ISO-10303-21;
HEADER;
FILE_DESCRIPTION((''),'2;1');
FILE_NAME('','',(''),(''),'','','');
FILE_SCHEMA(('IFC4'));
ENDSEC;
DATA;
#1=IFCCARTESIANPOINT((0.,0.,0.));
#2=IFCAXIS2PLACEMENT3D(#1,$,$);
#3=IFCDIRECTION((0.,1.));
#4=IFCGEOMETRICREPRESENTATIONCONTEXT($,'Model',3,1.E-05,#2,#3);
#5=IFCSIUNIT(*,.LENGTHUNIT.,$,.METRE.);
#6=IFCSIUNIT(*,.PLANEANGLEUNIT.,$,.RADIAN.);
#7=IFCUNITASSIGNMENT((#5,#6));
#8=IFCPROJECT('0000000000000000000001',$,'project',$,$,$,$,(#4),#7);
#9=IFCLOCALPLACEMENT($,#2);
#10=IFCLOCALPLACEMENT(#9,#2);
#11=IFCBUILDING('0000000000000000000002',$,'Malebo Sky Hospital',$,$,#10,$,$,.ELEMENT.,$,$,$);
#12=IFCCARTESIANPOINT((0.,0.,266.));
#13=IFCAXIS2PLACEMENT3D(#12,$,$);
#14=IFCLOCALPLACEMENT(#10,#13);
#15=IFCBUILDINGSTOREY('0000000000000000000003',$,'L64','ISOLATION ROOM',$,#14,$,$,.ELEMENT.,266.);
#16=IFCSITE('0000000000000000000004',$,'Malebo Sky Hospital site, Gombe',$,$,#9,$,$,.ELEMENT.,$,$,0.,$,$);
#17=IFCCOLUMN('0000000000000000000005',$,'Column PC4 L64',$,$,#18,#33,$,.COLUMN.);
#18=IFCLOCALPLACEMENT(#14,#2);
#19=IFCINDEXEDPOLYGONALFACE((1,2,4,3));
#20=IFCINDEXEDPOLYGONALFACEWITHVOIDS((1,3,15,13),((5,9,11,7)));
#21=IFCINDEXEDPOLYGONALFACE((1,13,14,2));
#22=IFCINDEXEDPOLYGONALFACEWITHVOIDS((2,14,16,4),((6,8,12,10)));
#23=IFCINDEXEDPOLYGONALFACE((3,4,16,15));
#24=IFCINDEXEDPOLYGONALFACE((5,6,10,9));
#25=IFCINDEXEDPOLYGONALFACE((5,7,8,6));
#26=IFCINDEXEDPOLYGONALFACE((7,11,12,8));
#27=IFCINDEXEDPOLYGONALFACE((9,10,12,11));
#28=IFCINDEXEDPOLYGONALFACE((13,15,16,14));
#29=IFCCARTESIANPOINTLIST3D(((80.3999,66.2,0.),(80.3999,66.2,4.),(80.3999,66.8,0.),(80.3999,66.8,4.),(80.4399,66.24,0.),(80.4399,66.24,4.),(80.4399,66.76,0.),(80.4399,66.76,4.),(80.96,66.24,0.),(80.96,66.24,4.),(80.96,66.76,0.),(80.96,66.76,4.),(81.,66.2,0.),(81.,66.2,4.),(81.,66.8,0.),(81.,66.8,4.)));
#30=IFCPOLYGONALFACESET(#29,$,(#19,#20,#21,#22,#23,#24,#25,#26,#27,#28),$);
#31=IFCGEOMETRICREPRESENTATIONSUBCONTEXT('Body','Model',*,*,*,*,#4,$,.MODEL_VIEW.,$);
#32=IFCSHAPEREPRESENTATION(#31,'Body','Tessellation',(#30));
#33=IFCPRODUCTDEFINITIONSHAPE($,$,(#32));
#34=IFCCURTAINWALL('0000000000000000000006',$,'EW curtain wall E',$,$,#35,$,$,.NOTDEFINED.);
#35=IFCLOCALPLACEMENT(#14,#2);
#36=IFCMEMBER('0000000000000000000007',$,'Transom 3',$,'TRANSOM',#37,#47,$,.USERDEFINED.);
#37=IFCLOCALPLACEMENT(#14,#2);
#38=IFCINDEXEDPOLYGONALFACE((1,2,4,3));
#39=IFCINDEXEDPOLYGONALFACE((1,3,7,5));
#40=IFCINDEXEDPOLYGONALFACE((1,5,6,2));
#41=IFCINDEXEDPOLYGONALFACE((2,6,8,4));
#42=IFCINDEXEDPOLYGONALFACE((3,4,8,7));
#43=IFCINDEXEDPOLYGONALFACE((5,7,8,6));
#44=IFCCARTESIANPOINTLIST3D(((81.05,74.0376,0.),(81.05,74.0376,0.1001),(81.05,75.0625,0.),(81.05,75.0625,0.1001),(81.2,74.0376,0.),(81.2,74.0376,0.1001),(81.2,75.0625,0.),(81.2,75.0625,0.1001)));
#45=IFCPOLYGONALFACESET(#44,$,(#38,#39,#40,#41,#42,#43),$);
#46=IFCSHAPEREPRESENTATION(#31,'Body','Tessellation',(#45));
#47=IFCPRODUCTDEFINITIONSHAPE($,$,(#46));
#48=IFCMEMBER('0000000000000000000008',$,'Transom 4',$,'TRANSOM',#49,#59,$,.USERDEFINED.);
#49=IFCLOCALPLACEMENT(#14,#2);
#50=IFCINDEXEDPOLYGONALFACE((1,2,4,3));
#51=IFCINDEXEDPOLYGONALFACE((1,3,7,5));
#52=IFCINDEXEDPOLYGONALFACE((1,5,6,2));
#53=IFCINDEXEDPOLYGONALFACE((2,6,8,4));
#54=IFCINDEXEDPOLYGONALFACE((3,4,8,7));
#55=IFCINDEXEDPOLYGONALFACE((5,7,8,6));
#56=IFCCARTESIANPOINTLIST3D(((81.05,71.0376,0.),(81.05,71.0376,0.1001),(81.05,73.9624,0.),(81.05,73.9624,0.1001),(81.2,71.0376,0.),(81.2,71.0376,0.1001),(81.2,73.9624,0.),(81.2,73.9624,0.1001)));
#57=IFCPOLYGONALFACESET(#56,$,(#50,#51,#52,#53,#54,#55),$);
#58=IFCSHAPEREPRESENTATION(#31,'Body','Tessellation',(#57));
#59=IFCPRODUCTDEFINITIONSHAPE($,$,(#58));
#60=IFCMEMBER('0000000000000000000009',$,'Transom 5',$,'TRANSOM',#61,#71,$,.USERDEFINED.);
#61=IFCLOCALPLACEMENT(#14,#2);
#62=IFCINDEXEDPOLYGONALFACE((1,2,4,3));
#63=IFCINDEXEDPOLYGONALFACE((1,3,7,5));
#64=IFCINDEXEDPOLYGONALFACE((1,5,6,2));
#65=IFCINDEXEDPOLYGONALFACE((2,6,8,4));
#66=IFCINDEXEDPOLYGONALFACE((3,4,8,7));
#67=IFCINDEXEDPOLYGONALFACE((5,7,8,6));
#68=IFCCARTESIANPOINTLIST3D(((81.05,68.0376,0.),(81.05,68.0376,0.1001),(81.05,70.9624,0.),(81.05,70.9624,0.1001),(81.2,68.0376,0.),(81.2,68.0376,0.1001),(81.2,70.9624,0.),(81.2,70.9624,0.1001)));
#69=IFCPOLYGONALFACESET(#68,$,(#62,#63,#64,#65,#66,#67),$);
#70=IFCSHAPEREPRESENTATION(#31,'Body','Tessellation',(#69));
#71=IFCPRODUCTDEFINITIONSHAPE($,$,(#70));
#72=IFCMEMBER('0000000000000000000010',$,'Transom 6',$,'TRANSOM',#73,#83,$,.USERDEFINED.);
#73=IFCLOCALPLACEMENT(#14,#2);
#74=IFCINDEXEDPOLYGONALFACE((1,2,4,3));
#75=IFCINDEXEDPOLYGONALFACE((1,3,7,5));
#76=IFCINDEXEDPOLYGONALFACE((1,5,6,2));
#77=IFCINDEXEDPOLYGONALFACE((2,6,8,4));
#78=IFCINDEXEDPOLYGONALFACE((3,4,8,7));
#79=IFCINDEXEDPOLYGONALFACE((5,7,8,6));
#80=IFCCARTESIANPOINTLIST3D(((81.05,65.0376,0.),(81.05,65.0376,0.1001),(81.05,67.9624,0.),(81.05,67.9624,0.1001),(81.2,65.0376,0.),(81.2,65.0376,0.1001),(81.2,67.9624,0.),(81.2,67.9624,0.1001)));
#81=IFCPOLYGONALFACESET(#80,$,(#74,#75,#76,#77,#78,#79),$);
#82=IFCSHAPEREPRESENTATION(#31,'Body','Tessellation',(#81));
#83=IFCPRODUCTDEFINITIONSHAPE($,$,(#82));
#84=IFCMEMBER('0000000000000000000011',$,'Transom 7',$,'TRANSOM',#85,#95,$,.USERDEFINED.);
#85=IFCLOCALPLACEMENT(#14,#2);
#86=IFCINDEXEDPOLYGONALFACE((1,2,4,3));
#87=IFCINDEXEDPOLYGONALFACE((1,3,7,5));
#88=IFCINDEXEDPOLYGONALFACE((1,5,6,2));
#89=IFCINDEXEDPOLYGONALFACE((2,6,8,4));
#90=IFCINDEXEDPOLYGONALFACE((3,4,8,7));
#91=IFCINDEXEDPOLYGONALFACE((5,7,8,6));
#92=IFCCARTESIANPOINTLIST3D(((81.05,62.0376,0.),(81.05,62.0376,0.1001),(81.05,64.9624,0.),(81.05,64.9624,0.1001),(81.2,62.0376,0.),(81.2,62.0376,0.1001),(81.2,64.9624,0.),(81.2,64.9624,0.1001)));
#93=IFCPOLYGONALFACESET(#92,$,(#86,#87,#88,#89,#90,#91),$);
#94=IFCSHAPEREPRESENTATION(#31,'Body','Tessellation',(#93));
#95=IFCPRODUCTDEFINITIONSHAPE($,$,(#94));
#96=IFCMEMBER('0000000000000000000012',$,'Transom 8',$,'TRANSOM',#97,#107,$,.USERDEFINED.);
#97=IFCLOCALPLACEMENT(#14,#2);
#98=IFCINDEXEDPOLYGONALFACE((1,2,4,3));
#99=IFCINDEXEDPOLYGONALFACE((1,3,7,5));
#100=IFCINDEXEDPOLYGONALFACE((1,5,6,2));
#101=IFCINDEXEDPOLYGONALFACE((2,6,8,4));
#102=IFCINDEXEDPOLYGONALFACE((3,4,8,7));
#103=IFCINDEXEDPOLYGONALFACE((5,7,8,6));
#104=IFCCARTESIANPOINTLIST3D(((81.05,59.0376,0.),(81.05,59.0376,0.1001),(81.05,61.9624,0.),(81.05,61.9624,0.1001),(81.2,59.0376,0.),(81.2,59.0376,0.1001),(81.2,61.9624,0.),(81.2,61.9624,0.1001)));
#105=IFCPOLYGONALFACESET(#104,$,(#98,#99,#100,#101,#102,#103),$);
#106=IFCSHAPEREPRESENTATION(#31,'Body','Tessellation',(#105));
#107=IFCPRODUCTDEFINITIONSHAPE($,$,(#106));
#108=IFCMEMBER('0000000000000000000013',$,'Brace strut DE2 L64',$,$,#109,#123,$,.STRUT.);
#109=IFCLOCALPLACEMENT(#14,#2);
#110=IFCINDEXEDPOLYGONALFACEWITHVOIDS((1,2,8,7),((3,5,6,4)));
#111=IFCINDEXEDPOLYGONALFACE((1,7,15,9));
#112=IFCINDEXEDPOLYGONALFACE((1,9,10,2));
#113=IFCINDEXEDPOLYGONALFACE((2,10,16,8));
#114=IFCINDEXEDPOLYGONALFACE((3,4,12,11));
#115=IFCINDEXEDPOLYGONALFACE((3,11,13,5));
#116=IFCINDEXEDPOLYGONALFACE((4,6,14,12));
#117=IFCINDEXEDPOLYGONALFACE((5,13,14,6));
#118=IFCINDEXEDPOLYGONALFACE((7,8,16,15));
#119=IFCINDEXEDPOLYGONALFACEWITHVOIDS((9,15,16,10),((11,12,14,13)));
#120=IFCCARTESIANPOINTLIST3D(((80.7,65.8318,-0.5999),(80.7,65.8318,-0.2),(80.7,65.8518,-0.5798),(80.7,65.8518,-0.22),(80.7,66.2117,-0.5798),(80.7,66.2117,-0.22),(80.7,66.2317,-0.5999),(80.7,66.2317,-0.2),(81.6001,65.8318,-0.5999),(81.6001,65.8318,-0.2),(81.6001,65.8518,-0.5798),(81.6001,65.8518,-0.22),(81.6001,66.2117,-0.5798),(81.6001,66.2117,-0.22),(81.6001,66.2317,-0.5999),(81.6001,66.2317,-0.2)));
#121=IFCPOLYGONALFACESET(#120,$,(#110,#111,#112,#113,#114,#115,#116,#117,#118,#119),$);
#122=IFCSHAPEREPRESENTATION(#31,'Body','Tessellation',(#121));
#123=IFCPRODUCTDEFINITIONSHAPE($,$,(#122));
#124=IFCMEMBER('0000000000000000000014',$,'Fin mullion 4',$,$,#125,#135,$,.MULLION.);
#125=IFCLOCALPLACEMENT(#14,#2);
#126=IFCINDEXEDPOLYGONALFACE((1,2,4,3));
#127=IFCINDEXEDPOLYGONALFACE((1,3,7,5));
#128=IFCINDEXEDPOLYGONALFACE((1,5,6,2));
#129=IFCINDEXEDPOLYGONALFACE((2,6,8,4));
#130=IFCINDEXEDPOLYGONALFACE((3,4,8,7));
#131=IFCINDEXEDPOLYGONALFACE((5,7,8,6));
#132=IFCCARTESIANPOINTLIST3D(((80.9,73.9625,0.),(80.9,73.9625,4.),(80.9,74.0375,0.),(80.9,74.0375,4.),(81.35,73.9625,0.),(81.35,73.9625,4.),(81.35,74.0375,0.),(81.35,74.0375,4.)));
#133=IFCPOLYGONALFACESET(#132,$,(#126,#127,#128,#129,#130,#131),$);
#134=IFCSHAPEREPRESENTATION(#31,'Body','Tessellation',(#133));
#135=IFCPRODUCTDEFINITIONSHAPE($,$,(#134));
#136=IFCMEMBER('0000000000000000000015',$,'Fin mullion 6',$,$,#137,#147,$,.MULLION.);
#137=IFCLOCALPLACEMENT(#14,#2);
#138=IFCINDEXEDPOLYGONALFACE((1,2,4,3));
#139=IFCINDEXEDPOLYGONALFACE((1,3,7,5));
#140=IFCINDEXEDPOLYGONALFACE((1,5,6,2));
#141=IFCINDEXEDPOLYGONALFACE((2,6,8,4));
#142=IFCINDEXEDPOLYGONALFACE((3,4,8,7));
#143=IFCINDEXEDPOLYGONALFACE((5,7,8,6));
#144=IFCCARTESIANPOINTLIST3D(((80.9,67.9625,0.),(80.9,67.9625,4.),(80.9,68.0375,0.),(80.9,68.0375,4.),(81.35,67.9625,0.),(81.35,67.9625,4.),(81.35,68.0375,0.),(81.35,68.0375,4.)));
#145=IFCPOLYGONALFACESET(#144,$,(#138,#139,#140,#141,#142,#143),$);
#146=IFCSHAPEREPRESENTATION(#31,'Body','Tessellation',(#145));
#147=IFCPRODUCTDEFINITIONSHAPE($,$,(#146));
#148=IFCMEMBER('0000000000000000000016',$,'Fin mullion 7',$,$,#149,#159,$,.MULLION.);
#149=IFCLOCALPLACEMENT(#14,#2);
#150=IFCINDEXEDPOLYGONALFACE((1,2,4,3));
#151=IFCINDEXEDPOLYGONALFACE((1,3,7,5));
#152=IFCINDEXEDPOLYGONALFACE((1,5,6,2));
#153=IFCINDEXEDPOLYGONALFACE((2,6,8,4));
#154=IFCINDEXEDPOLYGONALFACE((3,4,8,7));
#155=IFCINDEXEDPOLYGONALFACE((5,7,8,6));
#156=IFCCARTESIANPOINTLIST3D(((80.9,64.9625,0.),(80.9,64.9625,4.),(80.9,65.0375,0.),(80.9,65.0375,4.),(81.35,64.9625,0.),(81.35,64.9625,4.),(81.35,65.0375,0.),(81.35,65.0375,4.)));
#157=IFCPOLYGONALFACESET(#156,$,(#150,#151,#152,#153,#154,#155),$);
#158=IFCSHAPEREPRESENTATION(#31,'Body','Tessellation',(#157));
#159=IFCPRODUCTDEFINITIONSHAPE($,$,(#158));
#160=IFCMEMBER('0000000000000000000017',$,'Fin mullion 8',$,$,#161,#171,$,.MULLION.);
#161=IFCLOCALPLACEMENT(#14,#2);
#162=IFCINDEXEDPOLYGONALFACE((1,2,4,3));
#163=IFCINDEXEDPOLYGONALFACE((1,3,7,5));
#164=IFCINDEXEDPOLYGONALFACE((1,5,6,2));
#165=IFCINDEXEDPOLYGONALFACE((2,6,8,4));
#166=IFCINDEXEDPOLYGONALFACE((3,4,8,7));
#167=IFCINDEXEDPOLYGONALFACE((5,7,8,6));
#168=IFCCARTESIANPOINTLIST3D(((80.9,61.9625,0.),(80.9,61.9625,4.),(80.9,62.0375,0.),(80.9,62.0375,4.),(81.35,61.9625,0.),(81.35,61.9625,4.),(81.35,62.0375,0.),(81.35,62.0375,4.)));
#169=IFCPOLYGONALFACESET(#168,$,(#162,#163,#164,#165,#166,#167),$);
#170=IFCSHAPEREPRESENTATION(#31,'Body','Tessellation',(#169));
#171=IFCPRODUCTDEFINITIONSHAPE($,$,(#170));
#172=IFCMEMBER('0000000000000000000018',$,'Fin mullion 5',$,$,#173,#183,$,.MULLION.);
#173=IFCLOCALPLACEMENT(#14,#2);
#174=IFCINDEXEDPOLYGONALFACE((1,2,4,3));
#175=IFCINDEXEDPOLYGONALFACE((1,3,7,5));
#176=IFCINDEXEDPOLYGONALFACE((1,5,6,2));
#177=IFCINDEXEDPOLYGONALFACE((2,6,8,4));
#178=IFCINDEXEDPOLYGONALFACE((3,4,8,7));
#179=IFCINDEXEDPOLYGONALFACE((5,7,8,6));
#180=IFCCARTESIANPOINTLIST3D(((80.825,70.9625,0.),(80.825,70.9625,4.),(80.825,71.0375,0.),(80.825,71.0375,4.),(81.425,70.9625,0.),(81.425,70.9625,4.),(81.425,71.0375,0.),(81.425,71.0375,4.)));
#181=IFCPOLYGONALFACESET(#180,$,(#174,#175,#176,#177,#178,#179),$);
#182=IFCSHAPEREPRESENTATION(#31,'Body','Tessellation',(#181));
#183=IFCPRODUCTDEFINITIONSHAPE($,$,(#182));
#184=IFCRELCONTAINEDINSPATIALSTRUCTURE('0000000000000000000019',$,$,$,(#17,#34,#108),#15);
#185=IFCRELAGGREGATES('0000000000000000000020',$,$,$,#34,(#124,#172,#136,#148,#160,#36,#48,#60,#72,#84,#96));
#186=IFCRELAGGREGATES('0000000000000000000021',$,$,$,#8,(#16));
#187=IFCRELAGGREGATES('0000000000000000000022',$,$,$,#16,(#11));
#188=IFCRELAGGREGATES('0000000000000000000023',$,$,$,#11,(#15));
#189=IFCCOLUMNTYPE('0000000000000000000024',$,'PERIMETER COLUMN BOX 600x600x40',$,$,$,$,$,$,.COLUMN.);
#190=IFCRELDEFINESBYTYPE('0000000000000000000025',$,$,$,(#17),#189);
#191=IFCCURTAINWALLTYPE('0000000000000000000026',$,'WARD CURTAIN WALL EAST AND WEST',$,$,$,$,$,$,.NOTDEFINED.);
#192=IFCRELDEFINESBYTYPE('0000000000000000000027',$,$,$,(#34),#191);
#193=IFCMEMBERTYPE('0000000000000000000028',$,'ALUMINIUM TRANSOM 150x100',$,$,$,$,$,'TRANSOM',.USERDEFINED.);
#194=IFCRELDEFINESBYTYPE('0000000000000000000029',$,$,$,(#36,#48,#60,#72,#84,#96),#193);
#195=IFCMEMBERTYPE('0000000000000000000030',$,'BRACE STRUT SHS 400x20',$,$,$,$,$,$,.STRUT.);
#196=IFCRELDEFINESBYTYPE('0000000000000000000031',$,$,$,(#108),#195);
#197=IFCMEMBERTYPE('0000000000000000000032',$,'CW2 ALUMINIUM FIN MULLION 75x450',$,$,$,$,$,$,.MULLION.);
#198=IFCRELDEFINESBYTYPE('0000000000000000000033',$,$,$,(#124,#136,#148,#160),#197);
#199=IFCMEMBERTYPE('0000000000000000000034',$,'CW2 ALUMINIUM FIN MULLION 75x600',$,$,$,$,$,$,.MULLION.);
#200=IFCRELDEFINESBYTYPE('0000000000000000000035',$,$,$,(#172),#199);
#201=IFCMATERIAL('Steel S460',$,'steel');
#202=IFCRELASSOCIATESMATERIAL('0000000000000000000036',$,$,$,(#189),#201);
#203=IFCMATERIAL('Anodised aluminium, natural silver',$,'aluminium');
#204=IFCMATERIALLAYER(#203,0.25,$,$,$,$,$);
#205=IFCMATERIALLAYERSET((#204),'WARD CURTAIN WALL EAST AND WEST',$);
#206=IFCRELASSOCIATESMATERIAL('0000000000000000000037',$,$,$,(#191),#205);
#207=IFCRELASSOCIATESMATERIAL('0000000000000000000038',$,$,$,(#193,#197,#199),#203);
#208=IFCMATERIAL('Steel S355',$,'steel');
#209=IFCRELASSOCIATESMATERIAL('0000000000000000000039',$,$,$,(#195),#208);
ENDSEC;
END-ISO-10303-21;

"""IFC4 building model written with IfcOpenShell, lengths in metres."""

from ifc_helpers import new_model, si_unit, direction, frame, origin, origin_2d, place, context, subcontext, project, spatial, rectangle, hollow_rectangle, extrude, material, layer, layer_set, material_profile, profile_set, type_object, element, aggregate, save


model = new_model("IFC4")

# Units and contexts
model_context = context("Model", 3, precision=1e-05, world=origin(), true_north=direction((0.0, 1.0)))
body_context = subcontext(model_context, "Body", "Model", "MODEL_VIEW")
ifc_project = project(units=[si_unit("LENGTHUNIT", "METRE"), si_unit("PLANEANGLEUNIT", "RADIAN")], contexts=[model_context])

# Site, building, storey
site_placement = place(None, origin())
site = spatial("IfcSite", under=ifc_project, at=site_placement, Name="Malebo Sky Hospital site, Gombe", CompositionType="ELEMENT", RefElevation=0.0)
building_placement = place(site_placement, origin())
building = spatial("IfcBuilding", under=site, at=building_placement, Name="Malebo Sky Hospital", CompositionType="ELEMENT")
storey_placement = place(building_placement, frame((0.0, 0.0, 266.0)))
storey = spatial("IfcBuildingStorey", under=building, at=storey_placement, Name="L64", Description="ISOLATION ROOM", CompositionType="ELEMENT", Elevation=266.0)

# Column
ifc_material_1 = material(Name="Steel S460", Category="steel")
ifc_material_profile_1 = material_profile(ifc_material_1, hollow_rectangle(XDim=0.6001, YDim=0.6001, WallThickness=0.04, at=origin_2d()), Name="BOX 600x600x40")
ifc_profile_set_1 = profile_set([ifc_material_profile_1], Name="Steel S460")
column_type = type_object("IfcColumnType", Name="PERIMETER COLUMN BOX 600x600x40", PredefinedType="COLUMN", material=ifc_profile_set_1)
column_placement = place(storey_placement, frame((80.7, 66.5, 0.0), z_axis=(0.0, 0.0, 1.0), x_axis=(1.0, 0.0, 0.0)))
element("IfcColumn", 1, at=column_placement, inside=storey, type_object=column_type, Name="Column PC4 L64", PredefinedType="COLUMN", context=body_context, shape_type="SweptSolid", body=[
    extrude(hollow_rectangle(XDim=0.6001, YDim=0.6001, WallThickness=0.04, at=origin_2d()), origin(), (0.0, 0.0, 1.0), 4.0),
])

# Curtain wall, members
ifc_material_2 = material(Name="Anodised aluminium, natural silver", Category="aluminium")
ifc_layer_1 = layer(ifc_material_2, 0.25)
ifc_layer_set_1 = layer_set([ifc_layer_1], Name="WARD CURTAIN WALL EAST AND WEST")
curtain_wall_type = type_object("IfcCurtainWallType", Name="WARD CURTAIN WALL EAST AND WEST", PredefinedType="NOTDEFINED", material=ifc_layer_set_1)
curtain_wall_placement = place(storey_placement, origin())
curtain_wall = element("IfcCurtainWall", 2, at=curtain_wall_placement, inside=storey, type_object=curtain_wall_type, Name="EW curtain wall E", PredefinedType="NOTDEFINED")
ifc_material_profile_2 = material_profile(ifc_material_2, rectangle(XDim=0.1499, YDim=0.1001, at=origin_2d()), Name="ALUMINIUM TRANSOM 150x100")
ifc_profile_set_2 = profile_set([ifc_material_profile_2], Name="Anodised aluminium, natural silver")
member_type_1 = type_object("IfcMemberType", Name="ALUMINIUM TRANSOM 150x100", ElementType="TRANSOM", PredefinedType="USERDEFINED", material=ifc_profile_set_2)
member_1_placement = place(storey_placement, frame((81.125, 75.0625, 0.05), z_axis=(0.0, -1.0, 0.0), x_axis=(1.0, 0.0, 0.0)))
member_1 = element("IfcMember", 3, at=member_1_placement, type_object=member_type_1, Name="Transom 3", ObjectType="TRANSOM", PredefinedType="USERDEFINED", context=body_context, shape_type="SweptSolid", body=[
    extrude(rectangle(XDim=0.1499, YDim=0.1001, at=origin_2d()), origin(), (0.0, 0.0, 1.0), 1.0249),
])
member_2_placement = place(storey_placement, frame((81.125, 73.9624, 0.05), z_axis=(0.0, -1.0, 0.0), x_axis=(1.0, 0.0, 0.0)))
member_2 = element("IfcMember", 4, at=member_2_placement, type_object=member_type_1, Name="Transom 4", ObjectType="TRANSOM", PredefinedType="USERDEFINED", context=body_context, shape_type="SweptSolid", body=[
    extrude(rectangle(XDim=0.1499, YDim=0.1001, at=origin_2d()), origin(), (0.0, 0.0, 1.0), 2.9248),
])
member_3_placement = place(storey_placement, frame((81.125, 70.9624, 0.05), z_axis=(0.0, -1.0, 0.0), x_axis=(1.0, 0.0, 0.0)))
member_3 = element("IfcMember", 5, at=member_3_placement, type_object=member_type_1, Name="Transom 5", ObjectType="TRANSOM", PredefinedType="USERDEFINED", context=body_context, shape_type="SweptSolid", body=[
    extrude(rectangle(XDim=0.1499, YDim=0.1001, at=origin_2d()), origin(), (0.0, 0.0, 1.0), 2.9248),
])
member_4_placement = place(storey_placement, frame((81.125, 67.9624, 0.05), z_axis=(0.0, -1.0, 0.0), x_axis=(1.0, 0.0, 0.0)))
member_4 = element("IfcMember", 6, at=member_4_placement, type_object=member_type_1, Name="Transom 6", ObjectType="TRANSOM", PredefinedType="USERDEFINED", context=body_context, shape_type="SweptSolid", body=[
    extrude(rectangle(XDim=0.1499, YDim=0.1001, at=origin_2d()), origin(), (0.0, 0.0, 1.0), 2.9248),
])
member_5_placement = place(storey_placement, frame((81.125, 64.9624, 0.05), z_axis=(0.0, -1.0, 0.0), x_axis=(1.0, 0.0, 0.0)))
member_5 = element("IfcMember", 7, at=member_5_placement, type_object=member_type_1, Name="Transom 7", ObjectType="TRANSOM", PredefinedType="USERDEFINED", context=body_context, shape_type="SweptSolid", body=[
    extrude(rectangle(XDim=0.1499, YDim=0.1001, at=origin_2d()), origin(), (0.0, 0.0, 1.0), 2.9248),
])
member_6_placement = place(storey_placement, frame((81.125, 61.9624, 0.05), z_axis=(0.0, -1.0, 0.0), x_axis=(1.0, 0.0, 0.0)))
member_6 = element("IfcMember", 8, at=member_6_placement, type_object=member_type_1, Name="Transom 8", ObjectType="TRANSOM", PredefinedType="USERDEFINED", context=body_context, shape_type="SweptSolid", body=[
    extrude(rectangle(XDim=0.1499, YDim=0.1001, at=origin_2d()), origin(), (0.0, 0.0, 1.0), 2.9248),
])

# Members
ifc_material_3 = material(Name="Steel S355", Category="steel")
ifc_material_profile_3 = material_profile(ifc_material_3, hollow_rectangle(XDim=0.3999, YDim=0.3999, WallThickness=0.02, at=origin_2d()), Name="SHS 400x20")
ifc_profile_set_3 = profile_set([ifc_material_profile_3], Name="Steel S355")
member_type_2 = type_object("IfcMemberType", Name="BRACE STRUT SHS 400x20", PredefinedType="STRUT", material=ifc_profile_set_3)
member_7_placement = place(storey_placement, frame((81.6001, 66.0317, -0.3999), z_axis=(-1.0, 0.0, 0.0), x_axis=(0.0, -1.0, 0.0)))
element("IfcMember", 9, at=member_7_placement, inside=storey, type_object=member_type_2, Name="Brace strut DE2 L64", PredefinedType="STRUT", context=body_context, shape_type="SweptSolid", body=[
    extrude(hollow_rectangle(XDim=0.3999, YDim=0.3999, WallThickness=0.02, at=origin_2d()), origin(), (0.0, 0.0, 1.0), 0.9001),
])
ifc_material_profile_4 = material_profile(ifc_material_2, rectangle(XDim=0.075, YDim=0.45, at=origin_2d()), Name="CW2 ALUMINIUM FIN MULLION 75x450")
ifc_profile_set_4 = profile_set([ifc_material_profile_4], Name="Anodised aluminium, natural silver")
member_type_3 = type_object("IfcMemberType", Name="CW2 ALUMINIUM FIN MULLION 75x450", PredefinedType="MULLION", material=ifc_profile_set_4)
member_8_placement = place(storey_placement, frame((81.125, 74.0, 0.0), z_axis=(0.0, 0.0, 1.0), x_axis=(0.0, -1.0, 0.0)))
member_8 = element("IfcMember", 10, at=member_8_placement, type_object=member_type_3, Name="Fin mullion 4", PredefinedType="MULLION", context=body_context, shape_type="SweptSolid", body=[
    extrude(rectangle(XDim=0.075, YDim=0.45, at=origin_2d()), origin(), (0.0, 0.0, 1.0), 4.0),
])
member_9_placement = place(storey_placement, frame((81.125, 68.0, 0.0), z_axis=(0.0, 0.0, 1.0), x_axis=(0.0, -1.0, 0.0)))
member_9 = element("IfcMember", 11, at=member_9_placement, type_object=member_type_3, Name="Fin mullion 6", PredefinedType="MULLION", context=body_context, shape_type="SweptSolid", body=[
    extrude(rectangle(XDim=0.075, YDim=0.45, at=origin_2d()), origin(), (0.0, 0.0, 1.0), 4.0),
])
member_10_placement = place(storey_placement, frame((81.125, 65.0, 0.0), z_axis=(0.0, 0.0, 1.0), x_axis=(0.0, -1.0, 0.0)))
member_10 = element("IfcMember", 12, at=member_10_placement, type_object=member_type_3, Name="Fin mullion 7", PredefinedType="MULLION", context=body_context, shape_type="SweptSolid", body=[
    extrude(rectangle(XDim=0.075, YDim=0.45, at=origin_2d()), origin(), (0.0, 0.0, 1.0), 4.0),
])
member_11_placement = place(storey_placement, frame((81.125, 62.0, 0.0), z_axis=(0.0, 0.0, 1.0), x_axis=(0.0, -1.0, 0.0)))
member_11 = element("IfcMember", 13, at=member_11_placement, type_object=member_type_3, Name="Fin mullion 8", PredefinedType="MULLION", context=body_context, shape_type="SweptSolid", body=[
    extrude(rectangle(XDim=0.075, YDim=0.45, at=origin_2d()), origin(), (0.0, 0.0, 1.0), 4.0),
])
ifc_material_profile_5 = material_profile(ifc_material_2, rectangle(XDim=0.075, YDim=0.6001, at=origin_2d()), Name="CW2 ALUMINIUM FIN MULLION 75x600")
ifc_profile_set_5 = profile_set([ifc_material_profile_5], Name="Anodised aluminium, natural silver")
member_type_4 = type_object("IfcMemberType", Name="CW2 ALUMINIUM FIN MULLION 75x600", PredefinedType="MULLION", material=ifc_profile_set_5)
member_12_placement = place(storey_placement, frame((81.125, 71.0, 0.0), z_axis=(0.0, 0.0, 1.0), x_axis=(0.0, -1.0, 0.0)))
member_12 = element("IfcMember", 14, at=member_12_placement, type_object=member_type_4, Name="Fin mullion 5", PredefinedType="MULLION", context=body_context, shape_type="SweptSolid", body=[
    extrude(rectangle(XDim=0.075, YDim=0.6001, at=origin_2d()), origin(), (0.0, 0.0, 1.0), 4.0),
])

aggregate(curtain_wall, [member_8, member_12, member_9, member_10, member_11, member_1, member_2, member_3, member_4, member_5, member_6])

save(model, "model.ifc")
